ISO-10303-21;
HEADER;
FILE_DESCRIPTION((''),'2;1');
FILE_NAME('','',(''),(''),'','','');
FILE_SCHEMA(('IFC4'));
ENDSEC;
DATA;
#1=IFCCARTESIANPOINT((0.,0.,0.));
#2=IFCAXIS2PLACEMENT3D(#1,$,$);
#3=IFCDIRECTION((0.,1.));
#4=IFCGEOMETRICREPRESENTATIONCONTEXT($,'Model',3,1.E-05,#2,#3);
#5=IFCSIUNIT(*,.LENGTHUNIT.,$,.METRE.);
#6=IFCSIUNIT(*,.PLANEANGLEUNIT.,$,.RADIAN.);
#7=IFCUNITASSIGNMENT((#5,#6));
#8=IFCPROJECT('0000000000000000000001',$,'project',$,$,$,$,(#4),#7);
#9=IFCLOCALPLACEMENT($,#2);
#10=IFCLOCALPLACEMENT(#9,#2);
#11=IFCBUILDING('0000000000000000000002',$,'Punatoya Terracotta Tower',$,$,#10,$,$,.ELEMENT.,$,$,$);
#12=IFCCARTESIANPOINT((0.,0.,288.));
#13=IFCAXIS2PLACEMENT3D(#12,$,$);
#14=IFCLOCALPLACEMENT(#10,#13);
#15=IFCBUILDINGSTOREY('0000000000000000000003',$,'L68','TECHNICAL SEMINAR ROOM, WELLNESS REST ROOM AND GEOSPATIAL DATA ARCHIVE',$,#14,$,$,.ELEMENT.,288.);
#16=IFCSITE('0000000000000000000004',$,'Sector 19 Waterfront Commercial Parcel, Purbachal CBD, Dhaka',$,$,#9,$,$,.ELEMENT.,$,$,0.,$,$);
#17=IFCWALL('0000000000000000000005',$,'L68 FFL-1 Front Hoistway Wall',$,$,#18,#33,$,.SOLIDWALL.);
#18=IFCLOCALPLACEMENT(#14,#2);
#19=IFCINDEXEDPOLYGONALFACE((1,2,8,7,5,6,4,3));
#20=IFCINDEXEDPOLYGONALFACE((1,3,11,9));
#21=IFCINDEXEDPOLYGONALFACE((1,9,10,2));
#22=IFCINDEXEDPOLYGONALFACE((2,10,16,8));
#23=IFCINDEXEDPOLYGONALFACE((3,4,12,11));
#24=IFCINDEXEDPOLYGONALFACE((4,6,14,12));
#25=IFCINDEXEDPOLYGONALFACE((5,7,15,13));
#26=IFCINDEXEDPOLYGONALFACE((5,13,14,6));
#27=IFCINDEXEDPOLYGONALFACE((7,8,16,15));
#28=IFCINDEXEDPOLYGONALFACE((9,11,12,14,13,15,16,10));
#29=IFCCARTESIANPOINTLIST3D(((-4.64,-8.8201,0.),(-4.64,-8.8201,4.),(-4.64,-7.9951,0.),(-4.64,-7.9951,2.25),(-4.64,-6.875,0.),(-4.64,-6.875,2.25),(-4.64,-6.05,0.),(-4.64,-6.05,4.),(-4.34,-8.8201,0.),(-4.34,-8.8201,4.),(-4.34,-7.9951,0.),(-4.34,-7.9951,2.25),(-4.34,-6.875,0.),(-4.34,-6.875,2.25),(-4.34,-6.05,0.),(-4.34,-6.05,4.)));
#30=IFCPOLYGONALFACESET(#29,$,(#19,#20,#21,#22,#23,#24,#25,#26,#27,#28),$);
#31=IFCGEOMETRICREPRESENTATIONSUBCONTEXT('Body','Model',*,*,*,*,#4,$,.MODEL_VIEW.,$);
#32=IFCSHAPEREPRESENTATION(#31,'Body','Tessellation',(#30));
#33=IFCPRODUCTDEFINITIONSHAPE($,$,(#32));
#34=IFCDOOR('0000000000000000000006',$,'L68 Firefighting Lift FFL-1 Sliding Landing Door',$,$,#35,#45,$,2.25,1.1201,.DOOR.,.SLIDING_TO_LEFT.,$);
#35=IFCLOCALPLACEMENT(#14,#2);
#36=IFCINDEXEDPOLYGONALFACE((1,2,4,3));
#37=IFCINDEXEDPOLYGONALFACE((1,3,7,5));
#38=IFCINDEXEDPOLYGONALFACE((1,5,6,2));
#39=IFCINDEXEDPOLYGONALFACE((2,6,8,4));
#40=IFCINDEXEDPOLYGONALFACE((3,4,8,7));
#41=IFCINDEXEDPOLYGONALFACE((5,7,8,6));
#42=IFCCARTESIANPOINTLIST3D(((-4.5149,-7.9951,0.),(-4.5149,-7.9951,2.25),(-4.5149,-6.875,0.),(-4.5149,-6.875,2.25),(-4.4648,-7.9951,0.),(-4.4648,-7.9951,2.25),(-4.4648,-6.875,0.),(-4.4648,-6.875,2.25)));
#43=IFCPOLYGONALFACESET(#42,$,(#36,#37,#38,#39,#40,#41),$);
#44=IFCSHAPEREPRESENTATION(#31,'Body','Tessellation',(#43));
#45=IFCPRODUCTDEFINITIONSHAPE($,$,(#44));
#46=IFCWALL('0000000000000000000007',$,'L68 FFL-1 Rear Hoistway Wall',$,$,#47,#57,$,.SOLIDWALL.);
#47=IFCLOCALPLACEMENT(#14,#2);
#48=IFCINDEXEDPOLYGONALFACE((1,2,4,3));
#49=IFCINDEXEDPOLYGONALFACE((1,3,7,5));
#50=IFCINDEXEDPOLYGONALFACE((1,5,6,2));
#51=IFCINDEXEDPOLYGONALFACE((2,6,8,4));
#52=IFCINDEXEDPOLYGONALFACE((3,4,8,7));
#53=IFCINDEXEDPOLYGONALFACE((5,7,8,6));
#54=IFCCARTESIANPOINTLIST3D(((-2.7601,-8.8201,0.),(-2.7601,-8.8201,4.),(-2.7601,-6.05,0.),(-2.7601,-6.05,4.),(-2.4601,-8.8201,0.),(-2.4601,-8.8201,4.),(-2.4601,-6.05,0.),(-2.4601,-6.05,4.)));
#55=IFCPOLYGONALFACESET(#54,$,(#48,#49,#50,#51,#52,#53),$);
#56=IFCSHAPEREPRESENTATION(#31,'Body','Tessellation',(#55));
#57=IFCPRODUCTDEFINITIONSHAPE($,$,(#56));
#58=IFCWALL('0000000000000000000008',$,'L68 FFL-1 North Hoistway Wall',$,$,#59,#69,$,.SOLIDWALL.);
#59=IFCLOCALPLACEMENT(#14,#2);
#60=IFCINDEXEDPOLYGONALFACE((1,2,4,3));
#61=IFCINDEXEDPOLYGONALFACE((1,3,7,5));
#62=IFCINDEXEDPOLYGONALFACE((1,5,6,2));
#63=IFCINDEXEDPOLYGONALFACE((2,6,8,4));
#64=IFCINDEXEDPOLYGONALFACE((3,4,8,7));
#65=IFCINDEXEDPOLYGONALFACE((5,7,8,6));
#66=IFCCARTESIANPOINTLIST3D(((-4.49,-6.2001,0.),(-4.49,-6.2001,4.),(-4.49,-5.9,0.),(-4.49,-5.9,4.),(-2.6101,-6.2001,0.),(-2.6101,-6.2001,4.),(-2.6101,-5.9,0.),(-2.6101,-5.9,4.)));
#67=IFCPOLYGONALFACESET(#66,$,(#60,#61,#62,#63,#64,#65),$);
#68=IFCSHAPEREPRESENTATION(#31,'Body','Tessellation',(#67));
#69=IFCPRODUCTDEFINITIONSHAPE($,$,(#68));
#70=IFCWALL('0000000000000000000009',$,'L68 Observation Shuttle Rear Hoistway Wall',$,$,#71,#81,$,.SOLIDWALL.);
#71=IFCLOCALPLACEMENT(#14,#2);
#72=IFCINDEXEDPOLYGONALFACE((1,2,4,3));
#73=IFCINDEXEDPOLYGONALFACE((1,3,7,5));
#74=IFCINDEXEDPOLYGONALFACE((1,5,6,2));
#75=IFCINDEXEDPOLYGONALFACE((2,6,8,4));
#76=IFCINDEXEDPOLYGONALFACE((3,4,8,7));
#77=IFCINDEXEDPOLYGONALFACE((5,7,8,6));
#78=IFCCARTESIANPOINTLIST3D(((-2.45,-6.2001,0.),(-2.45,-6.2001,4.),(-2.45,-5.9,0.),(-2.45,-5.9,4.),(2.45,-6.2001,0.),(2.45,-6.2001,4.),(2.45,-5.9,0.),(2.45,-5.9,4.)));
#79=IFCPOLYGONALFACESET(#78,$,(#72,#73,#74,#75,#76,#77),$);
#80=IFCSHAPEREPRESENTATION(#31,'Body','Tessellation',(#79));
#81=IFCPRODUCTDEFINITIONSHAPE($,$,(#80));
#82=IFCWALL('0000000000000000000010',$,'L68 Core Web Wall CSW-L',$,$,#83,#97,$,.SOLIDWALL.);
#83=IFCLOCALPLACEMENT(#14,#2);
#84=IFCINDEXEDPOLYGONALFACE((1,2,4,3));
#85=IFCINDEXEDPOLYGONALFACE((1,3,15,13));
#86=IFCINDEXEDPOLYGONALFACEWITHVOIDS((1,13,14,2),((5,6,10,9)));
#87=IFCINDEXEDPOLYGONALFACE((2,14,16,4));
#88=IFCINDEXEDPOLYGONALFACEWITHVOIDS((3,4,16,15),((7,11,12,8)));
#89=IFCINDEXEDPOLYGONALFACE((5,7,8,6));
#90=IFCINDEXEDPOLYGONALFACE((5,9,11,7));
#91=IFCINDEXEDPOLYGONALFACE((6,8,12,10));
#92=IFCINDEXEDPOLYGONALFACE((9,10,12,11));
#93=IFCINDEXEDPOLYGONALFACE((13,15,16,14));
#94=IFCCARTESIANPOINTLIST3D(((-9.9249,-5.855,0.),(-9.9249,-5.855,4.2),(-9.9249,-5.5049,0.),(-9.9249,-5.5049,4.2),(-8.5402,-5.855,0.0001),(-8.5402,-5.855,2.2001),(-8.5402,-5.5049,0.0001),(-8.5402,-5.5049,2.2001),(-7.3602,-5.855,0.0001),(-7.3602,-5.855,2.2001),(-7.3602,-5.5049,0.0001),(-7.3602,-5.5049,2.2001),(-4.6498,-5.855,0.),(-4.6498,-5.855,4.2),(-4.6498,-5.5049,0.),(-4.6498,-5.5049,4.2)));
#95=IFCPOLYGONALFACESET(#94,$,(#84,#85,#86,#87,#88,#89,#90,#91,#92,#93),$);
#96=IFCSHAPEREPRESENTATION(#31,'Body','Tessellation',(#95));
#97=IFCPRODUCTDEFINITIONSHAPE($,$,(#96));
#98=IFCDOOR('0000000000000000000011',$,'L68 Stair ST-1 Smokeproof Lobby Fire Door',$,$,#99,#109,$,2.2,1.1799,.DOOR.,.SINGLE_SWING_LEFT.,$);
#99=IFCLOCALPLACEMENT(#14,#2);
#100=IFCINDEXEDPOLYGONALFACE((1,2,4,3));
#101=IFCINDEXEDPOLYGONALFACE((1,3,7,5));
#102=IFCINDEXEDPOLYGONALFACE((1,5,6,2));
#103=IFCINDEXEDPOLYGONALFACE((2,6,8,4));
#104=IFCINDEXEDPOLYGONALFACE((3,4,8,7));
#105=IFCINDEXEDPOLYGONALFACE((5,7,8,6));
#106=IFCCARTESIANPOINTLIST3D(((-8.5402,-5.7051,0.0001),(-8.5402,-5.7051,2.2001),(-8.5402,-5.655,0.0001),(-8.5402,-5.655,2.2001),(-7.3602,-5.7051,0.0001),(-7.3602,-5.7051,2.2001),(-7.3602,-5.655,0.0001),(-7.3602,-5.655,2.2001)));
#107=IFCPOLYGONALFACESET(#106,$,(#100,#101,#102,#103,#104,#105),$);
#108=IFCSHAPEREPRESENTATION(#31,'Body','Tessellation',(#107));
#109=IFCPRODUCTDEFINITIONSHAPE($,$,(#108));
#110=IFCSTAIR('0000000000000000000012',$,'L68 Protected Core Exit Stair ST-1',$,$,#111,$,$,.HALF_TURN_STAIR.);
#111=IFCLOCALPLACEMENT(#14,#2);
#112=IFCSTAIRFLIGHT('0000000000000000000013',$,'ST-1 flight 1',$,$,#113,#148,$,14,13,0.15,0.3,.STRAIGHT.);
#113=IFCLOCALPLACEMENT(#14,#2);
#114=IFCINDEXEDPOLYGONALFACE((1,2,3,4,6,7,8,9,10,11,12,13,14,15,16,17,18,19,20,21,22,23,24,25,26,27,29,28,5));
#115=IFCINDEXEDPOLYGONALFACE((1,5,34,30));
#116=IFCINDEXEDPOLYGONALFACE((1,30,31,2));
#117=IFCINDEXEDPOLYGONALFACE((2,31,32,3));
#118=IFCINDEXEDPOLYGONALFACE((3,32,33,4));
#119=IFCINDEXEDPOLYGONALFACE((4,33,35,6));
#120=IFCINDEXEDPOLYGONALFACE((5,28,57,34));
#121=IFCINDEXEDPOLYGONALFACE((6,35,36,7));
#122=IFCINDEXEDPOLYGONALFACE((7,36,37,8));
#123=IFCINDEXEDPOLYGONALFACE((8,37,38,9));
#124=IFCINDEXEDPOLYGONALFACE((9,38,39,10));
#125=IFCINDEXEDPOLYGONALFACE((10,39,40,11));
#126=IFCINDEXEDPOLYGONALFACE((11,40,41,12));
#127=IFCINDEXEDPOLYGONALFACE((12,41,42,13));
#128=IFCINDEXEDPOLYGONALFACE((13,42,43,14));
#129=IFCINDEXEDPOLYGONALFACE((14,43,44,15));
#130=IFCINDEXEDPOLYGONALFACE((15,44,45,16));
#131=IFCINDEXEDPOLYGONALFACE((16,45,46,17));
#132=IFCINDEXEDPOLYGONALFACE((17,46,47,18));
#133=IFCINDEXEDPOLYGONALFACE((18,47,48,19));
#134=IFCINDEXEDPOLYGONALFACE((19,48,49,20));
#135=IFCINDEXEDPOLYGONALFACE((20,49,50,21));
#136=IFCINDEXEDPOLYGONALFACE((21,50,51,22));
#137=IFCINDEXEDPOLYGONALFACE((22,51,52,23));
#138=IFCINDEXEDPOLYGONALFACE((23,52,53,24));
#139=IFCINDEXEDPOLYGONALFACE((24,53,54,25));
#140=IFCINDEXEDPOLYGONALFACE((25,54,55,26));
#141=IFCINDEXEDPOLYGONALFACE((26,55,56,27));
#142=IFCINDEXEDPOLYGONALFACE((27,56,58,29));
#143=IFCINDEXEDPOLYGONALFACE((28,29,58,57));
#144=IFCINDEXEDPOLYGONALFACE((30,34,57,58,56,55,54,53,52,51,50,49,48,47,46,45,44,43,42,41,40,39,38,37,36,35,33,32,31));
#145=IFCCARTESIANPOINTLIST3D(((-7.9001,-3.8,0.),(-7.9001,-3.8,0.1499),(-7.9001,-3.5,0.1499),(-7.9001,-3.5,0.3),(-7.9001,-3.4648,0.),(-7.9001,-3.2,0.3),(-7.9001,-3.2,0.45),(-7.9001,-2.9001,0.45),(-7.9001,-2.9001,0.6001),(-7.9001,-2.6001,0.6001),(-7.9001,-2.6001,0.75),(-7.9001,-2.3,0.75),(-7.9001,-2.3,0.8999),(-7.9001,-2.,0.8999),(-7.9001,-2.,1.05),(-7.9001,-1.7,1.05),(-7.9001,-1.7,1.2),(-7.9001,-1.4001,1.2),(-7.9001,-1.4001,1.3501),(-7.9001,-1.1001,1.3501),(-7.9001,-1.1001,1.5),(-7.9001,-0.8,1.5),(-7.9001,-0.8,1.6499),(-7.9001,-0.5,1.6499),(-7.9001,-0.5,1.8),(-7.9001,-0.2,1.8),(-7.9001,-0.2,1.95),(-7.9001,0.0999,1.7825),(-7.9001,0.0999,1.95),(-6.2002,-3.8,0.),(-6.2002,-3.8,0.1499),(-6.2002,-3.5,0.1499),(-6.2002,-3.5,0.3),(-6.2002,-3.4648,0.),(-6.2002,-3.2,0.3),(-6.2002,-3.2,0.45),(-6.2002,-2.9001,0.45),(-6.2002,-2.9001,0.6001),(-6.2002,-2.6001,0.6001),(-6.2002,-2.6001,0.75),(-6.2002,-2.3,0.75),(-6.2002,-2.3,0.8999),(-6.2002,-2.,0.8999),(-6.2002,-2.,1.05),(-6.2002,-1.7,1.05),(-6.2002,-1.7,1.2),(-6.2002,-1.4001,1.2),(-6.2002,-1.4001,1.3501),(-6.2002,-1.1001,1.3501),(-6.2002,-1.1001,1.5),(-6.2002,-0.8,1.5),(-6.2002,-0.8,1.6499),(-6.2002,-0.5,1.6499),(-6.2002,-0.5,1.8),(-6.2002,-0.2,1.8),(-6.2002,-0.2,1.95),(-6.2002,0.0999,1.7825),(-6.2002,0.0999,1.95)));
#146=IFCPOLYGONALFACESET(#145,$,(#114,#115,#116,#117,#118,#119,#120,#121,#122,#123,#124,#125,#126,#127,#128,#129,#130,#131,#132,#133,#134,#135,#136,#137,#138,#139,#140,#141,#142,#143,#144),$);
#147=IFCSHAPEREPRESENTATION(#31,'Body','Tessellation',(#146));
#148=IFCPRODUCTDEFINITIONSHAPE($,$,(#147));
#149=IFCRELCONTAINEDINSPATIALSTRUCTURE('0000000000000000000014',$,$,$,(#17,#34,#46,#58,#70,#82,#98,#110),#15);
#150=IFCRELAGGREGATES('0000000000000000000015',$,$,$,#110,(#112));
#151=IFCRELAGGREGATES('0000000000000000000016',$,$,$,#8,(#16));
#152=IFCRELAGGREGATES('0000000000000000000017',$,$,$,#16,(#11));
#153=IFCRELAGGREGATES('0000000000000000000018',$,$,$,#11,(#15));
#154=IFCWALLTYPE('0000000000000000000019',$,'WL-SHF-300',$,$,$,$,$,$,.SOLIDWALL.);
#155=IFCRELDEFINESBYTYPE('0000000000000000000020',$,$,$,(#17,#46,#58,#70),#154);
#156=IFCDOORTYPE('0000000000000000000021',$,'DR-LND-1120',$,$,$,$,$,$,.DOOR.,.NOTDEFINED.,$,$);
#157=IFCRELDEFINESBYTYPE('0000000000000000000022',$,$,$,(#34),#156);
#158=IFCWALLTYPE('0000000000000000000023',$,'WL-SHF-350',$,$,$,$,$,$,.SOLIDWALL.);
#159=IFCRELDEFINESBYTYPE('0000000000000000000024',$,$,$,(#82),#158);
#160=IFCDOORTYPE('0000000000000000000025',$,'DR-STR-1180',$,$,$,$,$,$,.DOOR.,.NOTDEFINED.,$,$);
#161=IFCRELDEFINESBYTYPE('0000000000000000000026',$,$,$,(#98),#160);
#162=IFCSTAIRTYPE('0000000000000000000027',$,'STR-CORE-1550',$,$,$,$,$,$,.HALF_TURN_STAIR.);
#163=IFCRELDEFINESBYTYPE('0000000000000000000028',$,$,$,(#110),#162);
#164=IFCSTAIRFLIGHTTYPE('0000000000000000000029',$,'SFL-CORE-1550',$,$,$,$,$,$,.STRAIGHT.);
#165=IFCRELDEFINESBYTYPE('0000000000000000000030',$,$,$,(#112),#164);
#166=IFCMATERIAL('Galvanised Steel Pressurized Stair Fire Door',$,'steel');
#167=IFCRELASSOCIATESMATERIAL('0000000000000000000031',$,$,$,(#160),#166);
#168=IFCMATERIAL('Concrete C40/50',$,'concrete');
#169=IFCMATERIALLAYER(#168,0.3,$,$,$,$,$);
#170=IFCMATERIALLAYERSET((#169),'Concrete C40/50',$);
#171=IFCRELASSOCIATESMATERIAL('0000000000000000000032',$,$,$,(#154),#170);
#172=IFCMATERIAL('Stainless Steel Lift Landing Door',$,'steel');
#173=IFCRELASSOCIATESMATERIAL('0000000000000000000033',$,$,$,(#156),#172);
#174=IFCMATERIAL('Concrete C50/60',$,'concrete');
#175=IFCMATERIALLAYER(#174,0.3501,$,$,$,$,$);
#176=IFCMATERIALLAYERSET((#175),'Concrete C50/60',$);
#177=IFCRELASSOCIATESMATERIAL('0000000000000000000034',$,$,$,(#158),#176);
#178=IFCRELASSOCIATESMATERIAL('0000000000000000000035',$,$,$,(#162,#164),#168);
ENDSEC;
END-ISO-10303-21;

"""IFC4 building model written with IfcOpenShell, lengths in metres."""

from ifc_helpers import new_model, si_unit, direction, frame, frame_2d, origin, place, context, subcontext, project, spatial, polyline, rectangle, outline, extrude, material, layer, layer_set, type_object, element, fill, aggregate, save


model = new_model("IFC4")

# Units and contexts
model_context = context("Model", 3, precision=1e-05, world=origin(), true_north=direction((0.0, 1.0)))
body_context = subcontext(model_context, "Body", "Model", "MODEL_VIEW")
ifc_project = project(units=[si_unit("LENGTHUNIT", "METRE"), si_unit("PLANEANGLEUNIT", "RADIAN")], contexts=[model_context])

# Site, building, storey
site_placement = place(None, origin())
site = spatial("IfcSite", under=ifc_project, at=site_placement, Name="Sector 19 Waterfront Commercial Parcel, Purbachal CBD, Dhaka", CompositionType="ELEMENT", RefElevation=0.0)
building_placement = place(site_placement, origin())
building = spatial("IfcBuilding", under=site, at=building_placement, Name="Punatoya Terracotta Tower", CompositionType="ELEMENT")
storey_placement = place(building_placement, frame((0.0, 0.0, 288.0)))
storey = spatial("IfcBuildingStorey", under=building, at=storey_placement, Name="L68", Description="TECHNICAL SEMINAR ROOM, WELLNESS REST ROOM AND GEOSPATIAL DATA ARCHIVE", CompositionType="ELEMENT", Elevation=288.0)

# Shared definitions
ifc_material_1 = material(Name="Concrete C50/60", Category="concrete")

# Shared definitions
ifc_material_2 = material(Name="Galvanised Steel Pressurized Stair Fire Door", Category="steel")
door_type_1 = type_object("IfcDoorType", Name="DR-STR-1180", OperationType="NOTDEFINED", PredefinedType="DOOR", material=ifc_material_2)

# Shared definitions
ifc_material_3 = material(Name="Concrete C40/50", Category="concrete")

# Shared definitions
ifc_layer_1 = layer(ifc_material_3, 0.3)
ifc_layer_set_1 = layer_set([ifc_layer_1], Name="Concrete C40/50")
wall_type_1 = type_object("IfcWallType", Name="WL-SHF-300", PredefinedType="SOLIDWALL", material=ifc_layer_set_1)

# Wall, opening, door
wall_1_placement = place(storey_placement, frame((-4.49, -8.8201, 0.0), z_axis=(0.0, 0.0, 1.0), x_axis=(0.0, 1.0, 0.0)))
wall_1 = element("IfcWall", 1, at=wall_1_placement, inside=storey, type_object=wall_type_1, Name="L68 FFL-1 Front Hoistway Wall", PredefinedType="SOLIDWALL", context=body_context, shape_type="SweptSolid", body=[
    extrude(rectangle(XDim=2.77, YDim=0.3, at=frame_2d((1.385, 0.0))), origin(), (0.0, 0.0, 1.0), 4.0),
])
opening_1_placement = place(wall_1_placement, frame((0.825, 0.0, 0.0)))
opening_1 = element("IfcOpeningElement", 2, at=opening_1_placement, cuts=wall_1, PredefinedType="OPENING", context=body_context, shape_type="SweptSolid", body=[
    extrude(rectangle(XDim=1.1201, YDim=2.25, at=frame_2d((0.5601, 1.125))), frame((0.0, 0.1599, 0.0), z_axis=(0.0, -1.0, 0.0), x_axis=(1.0, 0.0, 0.0)), (0.0, 0.0, 1.0), 0.3201),
])
ifc_material_4 = material(Name="Stainless Steel Lift Landing Door", Category="steel")
door_type_2 = type_object("IfcDoorType", Name="DR-LND-1120", OperationType="NOTDEFINED", PredefinedType="DOOR", material=ifc_material_4)
door_1_placement = place(opening_1_placement, origin())
door_1 = element("IfcDoor", 3, at=door_1_placement, inside=storey, type_object=door_type_2, Name="L68 Firefighting Lift FFL-1 Sliding Landing Door", OperationType="SLIDING_TO_LEFT", OverallHeight=2.25, OverallWidth=1.1201, PredefinedType="DOOR", context=body_context, shape_type="SweptSolid", body=[
    extrude(rectangle(XDim=1.1201, YDim=2.25, at=frame_2d((0.5601, 1.125))), frame((0.0, 0.0249, 0.0), z_axis=(0.0, -1.0, 0.0), x_axis=(1.0, 0.0, 0.0)), (0.0, 0.0, 1.0), 0.05),
])
fill(opening_1, door_1)

# Walls
wall_2_placement = place(storey_placement, frame((-2.6101, -8.8201, 0.0), z_axis=(0.0, 0.0, 1.0), x_axis=(0.0, 1.0, 0.0)))
element("IfcWall", 4, at=wall_2_placement, inside=storey, type_object=wall_type_1, Name="L68 FFL-1 Rear Hoistway Wall", PredefinedType="SOLIDWALL", context=body_context, shape_type="SweptSolid", body=[
    extrude(rectangle(XDim=2.77, YDim=0.3, at=frame_2d((1.385, 0.0))), origin(), (0.0, 0.0, 1.0), 4.0),
])
wall_3_placement = place(storey_placement, frame((-4.49, -6.05, 0.0), z_axis=(0.0, 0.0, 1.0), x_axis=(1.0, 0.0, 0.0)))
element("IfcWall", 5, at=wall_3_placement, inside=storey, type_object=wall_type_1, Name="L68 FFL-1 North Hoistway Wall", PredefinedType="SOLIDWALL", context=body_context, shape_type="SweptSolid", body=[
    extrude(rectangle(XDim=1.8799, YDim=0.3, at=frame_2d((0.9399, 0.0))), origin(), (0.0, 0.0, 1.0), 4.0),
])
wall_4_placement = place(storey_placement, frame((-2.45, -6.05, 0.0), z_axis=(0.0, 0.0, 1.0), x_axis=(1.0, 0.0, 0.0)))
element("IfcWall", 6, at=wall_4_placement, inside=storey, type_object=wall_type_1, Name="L68 Observation Shuttle Rear Hoistway Wall", PredefinedType="SOLIDWALL", context=body_context, shape_type="SweptSolid", body=[
    extrude(rectangle(XDim=4.8999, YDim=0.3, at=frame_2d((2.45, 0.0))), origin(), (0.0, 0.0, 1.0), 4.0),
])

# Wall, opening, door
ifc_layer_2 = layer(ifc_material_1, 0.3501)
ifc_layer_set_2 = layer_set([ifc_layer_2], Name="Concrete C50/60")
wall_type_2 = type_object("IfcWallType", Name="WL-SHF-350", PredefinedType="SOLIDWALL", material=ifc_layer_set_2)
wall_5_placement = place(storey_placement, frame((-9.925, -5.6799, 0.0), z_axis=(0.0, 0.0, 1.0), x_axis=(1.0, 0.0, 0.0)))
wall_5 = element("IfcWall", 7, at=wall_5_placement, inside=storey, type_object=wall_type_2, Name="L68 Core Web Wall CSW-L", PredefinedType="SOLIDWALL", context=body_context, shape_type="SweptSolid", body=[
    extrude(rectangle(XDim=5.2751, YDim=0.3501, at=frame_2d((2.6377, 0.0))), origin(), (0.0, 0.0, 1.0), 4.2),
])
opening_2_placement = place(wall_5_placement, frame((1.385, 0.0, 0.0)))
opening_2 = element("IfcOpeningElement", 8, at=opening_2_placement, cuts=wall_5, PredefinedType="OPENING", context=body_context, shape_type="SweptSolid", body=[
    extrude(rectangle(XDim=1.1799, YDim=2.2, at=frame_2d((0.5898, 1.1001))), frame((0.0, 0.1851, 0.0), z_axis=(0.0, -1.0, 0.0), x_axis=(1.0, 0.0, 0.0)), (0.0, 0.0, 1.0), 0.3701),
])
door_2_placement = place(opening_2_placement, origin())
door_2 = element("IfcDoor", 9, at=door_2_placement, inside=storey, type_object=door_type_1, Name="L68 Stair ST-1 Smokeproof Lobby Fire Door", OperationType="SINGLE_SWING_LEFT", OverallHeight=2.2, OverallWidth=1.1799, PredefinedType="DOOR", context=body_context, shape_type="SweptSolid", body=[
    extrude(rectangle(XDim=1.1799, YDim=2.2, at=frame_2d((0.5898, 1.1001))), frame((0.0, 0.0249, 0.0), z_axis=(0.0, -1.0, 0.0), x_axis=(1.0, 0.0, 0.0)), (0.0, 0.0, 1.0), 0.05),
])
fill(opening_2, door_2)

# Stair, stair flight
stair_type = type_object("IfcStairType", Name="STR-CORE-1550", PredefinedType="HALF_TURN_STAIR", material=ifc_material_3)
stair_placement = place(storey_placement, origin())
stair = element("IfcStair", 10, at=stair_placement, inside=storey, type_object=stair_type, Name="L68 Protected Core Exit Stair ST-1", PredefinedType="HALF_TURN_STAIR")
stair_flight_type = type_object("IfcStairFlightType", Name="SFL-CORE-1550", PredefinedType="STRAIGHT", material=ifc_material_3)
stair_flight_1_placement = place(storey_placement, frame((-7.05, -3.8, 0.0), z_axis=(0.0, 0.0, 1.0), x_axis=(0.0, 1.0, 0.0)))
stair_flight_1 = element("IfcStairFlight", 11, at=stair_flight_1_placement, type_object=stair_flight_type, Name="ST-1 flight 1", NumberOfRisers=14, NumberOfTreads=13, PredefinedType="STRAIGHT", RiserHeight=0.15, TreadLength=0.3, context=body_context, shape_type="SweptSolid", body=[
    extrude(outline(polyline([(0.0, 0.0), (0.0, 0.1499), (0.3, 0.1499), (0.3, 0.3), (0.6001, 0.3), (0.6001, 0.45), (0.8999, 0.45), (0.8999, 0.6001), (1.2, 0.6001), (1.2, 0.75), (1.5, 0.75), (1.5, 0.8999), (1.8, 0.8999), (1.8, 1.05), (2.1001, 1.05), (2.1001, 1.2), (2.3999, 1.2), (2.3999, 1.3501), (2.7, 1.3501), (2.7, 1.5), (3.0, 1.5), (3.0, 1.6499), (3.3, 1.6499), (3.3, 1.8), (3.6001, 1.8), (3.6001, 1.95), (3.8999, 1.95), (3.8999, 2.1001), (3.8999, 1.7825), (0.3352, 0.0), (0.0, 0.0)])), frame((0.0, 0.8501, 0.0), z_axis=(0.0, -1.0, 0.0), x_axis=(1.0, 0.0, 0.0)), (0.0, 0.0, 1.0), 1.7),
])
aggregate(stair, [stair_flight_1])

save(model, "model.ifc")
